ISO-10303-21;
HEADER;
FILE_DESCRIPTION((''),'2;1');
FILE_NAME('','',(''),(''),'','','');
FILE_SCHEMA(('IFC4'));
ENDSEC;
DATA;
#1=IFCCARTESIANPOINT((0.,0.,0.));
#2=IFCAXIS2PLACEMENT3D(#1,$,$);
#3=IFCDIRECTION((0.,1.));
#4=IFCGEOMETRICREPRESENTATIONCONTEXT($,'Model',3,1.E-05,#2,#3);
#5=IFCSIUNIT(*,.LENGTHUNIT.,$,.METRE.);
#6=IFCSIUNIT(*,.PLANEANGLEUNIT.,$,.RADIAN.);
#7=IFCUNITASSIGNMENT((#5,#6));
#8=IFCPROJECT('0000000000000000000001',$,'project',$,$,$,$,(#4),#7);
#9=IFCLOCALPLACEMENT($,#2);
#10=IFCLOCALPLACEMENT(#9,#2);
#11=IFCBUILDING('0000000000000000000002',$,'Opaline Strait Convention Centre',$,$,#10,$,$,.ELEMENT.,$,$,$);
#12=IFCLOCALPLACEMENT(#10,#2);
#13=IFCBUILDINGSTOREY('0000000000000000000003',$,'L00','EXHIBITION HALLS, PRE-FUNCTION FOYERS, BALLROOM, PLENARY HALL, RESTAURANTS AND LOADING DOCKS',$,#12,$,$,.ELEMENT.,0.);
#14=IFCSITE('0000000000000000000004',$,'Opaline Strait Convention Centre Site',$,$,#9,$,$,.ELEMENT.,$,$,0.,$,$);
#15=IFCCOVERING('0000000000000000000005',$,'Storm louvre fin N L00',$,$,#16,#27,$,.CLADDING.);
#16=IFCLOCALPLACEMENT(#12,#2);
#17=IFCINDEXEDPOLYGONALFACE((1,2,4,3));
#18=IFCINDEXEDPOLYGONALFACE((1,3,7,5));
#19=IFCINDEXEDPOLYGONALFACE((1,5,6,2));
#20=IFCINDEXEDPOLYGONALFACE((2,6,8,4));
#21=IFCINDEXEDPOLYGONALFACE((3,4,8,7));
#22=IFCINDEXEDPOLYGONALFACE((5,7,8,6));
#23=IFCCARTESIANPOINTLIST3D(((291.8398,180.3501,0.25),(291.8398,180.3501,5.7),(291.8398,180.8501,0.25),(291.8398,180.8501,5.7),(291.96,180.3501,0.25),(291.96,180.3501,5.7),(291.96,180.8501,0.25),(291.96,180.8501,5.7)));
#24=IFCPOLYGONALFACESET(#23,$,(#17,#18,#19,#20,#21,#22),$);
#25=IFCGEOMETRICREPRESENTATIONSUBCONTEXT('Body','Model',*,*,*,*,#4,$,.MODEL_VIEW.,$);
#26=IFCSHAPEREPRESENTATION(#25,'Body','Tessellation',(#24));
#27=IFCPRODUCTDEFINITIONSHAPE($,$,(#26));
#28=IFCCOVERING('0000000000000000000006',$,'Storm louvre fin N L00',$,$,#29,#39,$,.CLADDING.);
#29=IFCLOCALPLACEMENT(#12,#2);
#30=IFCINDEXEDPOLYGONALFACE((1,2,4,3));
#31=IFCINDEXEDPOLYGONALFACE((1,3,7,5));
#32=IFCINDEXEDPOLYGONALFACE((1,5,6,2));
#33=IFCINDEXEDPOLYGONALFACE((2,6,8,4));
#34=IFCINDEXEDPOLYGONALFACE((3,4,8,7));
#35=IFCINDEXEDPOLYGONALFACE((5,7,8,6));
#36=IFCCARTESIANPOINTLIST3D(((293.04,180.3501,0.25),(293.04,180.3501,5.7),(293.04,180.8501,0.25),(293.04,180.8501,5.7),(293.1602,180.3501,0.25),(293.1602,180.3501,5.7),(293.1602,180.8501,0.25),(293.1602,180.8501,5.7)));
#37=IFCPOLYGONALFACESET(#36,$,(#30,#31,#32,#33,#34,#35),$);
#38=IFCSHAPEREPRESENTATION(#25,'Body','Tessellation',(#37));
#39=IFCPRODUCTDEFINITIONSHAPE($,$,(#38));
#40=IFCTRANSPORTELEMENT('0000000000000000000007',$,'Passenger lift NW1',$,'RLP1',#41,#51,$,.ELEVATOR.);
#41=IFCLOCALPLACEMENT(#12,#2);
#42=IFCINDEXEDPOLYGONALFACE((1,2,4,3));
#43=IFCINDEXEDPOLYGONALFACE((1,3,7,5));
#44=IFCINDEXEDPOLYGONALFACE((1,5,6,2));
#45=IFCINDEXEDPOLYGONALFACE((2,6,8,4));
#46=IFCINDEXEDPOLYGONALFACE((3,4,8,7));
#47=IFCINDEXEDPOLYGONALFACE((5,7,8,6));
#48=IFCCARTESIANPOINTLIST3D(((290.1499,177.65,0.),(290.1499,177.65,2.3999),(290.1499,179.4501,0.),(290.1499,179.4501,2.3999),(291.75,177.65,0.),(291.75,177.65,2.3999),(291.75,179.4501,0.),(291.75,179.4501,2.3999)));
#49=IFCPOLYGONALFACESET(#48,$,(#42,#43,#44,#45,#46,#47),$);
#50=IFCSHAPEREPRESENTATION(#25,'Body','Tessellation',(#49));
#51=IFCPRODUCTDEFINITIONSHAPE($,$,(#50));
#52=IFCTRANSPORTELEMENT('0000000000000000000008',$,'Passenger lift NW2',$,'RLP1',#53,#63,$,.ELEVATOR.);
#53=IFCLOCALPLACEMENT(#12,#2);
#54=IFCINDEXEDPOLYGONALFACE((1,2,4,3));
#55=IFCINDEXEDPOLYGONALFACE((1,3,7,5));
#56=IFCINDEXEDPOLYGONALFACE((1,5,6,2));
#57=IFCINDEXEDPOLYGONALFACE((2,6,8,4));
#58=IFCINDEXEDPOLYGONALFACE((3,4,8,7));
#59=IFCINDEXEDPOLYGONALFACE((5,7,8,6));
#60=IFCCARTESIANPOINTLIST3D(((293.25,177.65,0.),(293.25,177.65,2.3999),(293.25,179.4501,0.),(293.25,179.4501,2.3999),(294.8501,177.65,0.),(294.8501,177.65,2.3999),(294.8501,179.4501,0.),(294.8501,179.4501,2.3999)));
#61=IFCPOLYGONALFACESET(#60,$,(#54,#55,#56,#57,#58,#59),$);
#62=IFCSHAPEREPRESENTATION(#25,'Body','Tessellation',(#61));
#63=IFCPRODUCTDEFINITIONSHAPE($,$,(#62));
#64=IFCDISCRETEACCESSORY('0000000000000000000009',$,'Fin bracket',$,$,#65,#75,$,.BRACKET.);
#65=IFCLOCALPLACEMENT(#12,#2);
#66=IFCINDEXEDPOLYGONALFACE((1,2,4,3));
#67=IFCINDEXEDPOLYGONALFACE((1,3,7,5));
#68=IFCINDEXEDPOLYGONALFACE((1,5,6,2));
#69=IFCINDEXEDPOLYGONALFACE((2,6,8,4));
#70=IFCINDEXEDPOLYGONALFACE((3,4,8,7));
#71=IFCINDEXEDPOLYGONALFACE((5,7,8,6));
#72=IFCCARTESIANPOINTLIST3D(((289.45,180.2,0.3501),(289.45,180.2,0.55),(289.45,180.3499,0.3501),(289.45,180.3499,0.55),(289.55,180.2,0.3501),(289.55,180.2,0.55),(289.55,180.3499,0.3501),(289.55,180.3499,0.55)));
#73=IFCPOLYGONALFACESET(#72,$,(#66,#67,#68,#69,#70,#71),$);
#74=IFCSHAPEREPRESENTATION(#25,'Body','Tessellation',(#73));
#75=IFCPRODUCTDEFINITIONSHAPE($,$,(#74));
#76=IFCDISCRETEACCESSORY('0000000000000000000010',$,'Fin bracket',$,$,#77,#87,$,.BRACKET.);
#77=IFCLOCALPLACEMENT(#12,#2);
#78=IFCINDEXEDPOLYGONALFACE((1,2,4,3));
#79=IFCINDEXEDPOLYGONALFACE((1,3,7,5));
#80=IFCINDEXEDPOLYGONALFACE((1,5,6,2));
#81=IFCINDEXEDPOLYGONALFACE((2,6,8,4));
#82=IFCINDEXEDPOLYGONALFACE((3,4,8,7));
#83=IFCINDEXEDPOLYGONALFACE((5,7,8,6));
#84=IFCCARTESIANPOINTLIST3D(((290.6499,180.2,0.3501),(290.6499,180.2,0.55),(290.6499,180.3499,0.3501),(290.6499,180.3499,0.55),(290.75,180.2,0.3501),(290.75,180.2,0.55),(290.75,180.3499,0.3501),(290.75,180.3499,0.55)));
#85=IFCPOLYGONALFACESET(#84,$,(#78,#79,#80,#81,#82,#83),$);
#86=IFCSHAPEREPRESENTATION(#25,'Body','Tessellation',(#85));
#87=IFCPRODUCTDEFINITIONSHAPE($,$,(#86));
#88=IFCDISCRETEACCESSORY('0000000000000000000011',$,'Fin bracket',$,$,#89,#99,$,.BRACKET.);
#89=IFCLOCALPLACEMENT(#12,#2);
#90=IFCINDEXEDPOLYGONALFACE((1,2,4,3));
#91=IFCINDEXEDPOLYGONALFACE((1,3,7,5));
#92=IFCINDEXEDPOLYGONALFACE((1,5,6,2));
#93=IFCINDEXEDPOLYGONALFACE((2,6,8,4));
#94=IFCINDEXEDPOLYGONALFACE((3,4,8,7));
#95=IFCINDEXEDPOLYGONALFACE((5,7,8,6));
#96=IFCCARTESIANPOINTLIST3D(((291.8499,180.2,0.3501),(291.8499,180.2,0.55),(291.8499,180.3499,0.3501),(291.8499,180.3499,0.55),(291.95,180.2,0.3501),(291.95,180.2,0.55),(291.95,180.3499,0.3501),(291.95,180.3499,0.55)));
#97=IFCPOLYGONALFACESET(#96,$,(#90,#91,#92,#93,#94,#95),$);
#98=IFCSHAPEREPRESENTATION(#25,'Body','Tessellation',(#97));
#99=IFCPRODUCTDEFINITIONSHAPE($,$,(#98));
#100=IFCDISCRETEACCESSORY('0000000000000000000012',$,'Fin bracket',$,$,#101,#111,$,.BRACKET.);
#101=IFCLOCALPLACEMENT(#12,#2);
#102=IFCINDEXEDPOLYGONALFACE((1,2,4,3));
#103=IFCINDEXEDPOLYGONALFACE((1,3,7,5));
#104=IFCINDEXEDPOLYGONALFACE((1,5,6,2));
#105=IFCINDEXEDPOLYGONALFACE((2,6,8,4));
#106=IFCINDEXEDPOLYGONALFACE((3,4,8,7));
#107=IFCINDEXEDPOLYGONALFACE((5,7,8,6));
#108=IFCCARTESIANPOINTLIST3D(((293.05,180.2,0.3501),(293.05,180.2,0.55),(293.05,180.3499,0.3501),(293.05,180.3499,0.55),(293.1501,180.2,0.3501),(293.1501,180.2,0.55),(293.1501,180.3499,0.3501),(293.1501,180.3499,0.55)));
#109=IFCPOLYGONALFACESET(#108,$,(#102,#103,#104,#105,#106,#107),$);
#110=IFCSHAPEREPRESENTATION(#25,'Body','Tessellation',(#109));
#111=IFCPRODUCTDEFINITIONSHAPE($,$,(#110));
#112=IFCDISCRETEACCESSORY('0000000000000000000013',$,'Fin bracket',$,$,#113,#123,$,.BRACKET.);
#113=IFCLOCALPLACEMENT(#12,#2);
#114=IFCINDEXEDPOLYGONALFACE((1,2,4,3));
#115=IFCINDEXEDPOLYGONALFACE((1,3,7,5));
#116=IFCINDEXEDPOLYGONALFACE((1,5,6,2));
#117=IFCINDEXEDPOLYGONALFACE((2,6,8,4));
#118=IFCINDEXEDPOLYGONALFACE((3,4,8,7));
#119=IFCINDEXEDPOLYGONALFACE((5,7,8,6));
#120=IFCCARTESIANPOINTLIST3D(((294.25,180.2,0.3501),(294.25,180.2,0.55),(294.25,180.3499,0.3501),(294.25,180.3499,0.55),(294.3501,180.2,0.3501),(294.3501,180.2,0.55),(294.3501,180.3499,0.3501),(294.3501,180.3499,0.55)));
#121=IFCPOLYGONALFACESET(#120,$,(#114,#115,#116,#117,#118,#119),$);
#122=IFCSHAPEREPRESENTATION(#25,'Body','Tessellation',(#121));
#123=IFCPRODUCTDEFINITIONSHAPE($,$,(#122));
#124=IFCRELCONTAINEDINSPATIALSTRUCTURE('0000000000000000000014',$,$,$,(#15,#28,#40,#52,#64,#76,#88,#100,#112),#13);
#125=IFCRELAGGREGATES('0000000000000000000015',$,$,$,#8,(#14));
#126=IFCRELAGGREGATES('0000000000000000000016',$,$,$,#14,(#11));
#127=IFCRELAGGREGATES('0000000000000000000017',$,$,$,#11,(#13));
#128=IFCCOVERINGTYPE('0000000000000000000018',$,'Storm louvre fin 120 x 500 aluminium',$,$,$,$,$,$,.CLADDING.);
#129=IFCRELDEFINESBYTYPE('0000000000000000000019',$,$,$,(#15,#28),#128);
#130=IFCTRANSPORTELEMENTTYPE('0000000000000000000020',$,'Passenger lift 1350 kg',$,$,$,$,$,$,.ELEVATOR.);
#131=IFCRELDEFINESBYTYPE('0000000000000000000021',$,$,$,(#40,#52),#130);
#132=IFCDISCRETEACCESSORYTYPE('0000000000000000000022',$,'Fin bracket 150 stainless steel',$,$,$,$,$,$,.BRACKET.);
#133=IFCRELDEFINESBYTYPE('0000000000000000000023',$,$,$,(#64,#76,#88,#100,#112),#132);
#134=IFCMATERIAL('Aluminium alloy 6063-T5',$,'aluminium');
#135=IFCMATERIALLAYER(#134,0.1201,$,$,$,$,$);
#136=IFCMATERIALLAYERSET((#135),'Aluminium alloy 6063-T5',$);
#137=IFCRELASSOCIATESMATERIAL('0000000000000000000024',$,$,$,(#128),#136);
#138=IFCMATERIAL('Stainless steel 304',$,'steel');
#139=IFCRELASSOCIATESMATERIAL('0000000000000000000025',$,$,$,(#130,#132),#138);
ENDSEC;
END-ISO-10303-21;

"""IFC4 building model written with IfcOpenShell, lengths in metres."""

from ifc_helpers import new_model, si_unit, direction, frame, origin, origin_2d, place, context, subcontext, project, spatial, rectangle, extrude, material, layer, layer_set, type_object, element, save


model = new_model("IFC4")

# Units and contexts
model_context = context("Model", 3, precision=1e-05, world=origin(), true_north=direction((0.0, 1.0)))
body_context = subcontext(model_context, "Body", "Model", "MODEL_VIEW")
ifc_project = project(units=[si_unit("LENGTHUNIT", "METRE"), si_unit("PLANEANGLEUNIT", "RADIAN")], contexts=[model_context])

# Site, building, storey
site_placement = place(None, origin())
site = spatial("IfcSite", under=ifc_project, at=site_placement, Name="Opaline Strait Convention Centre Site", CompositionType="ELEMENT", RefElevation=0.0)
building_placement = place(site_placement, origin())
building = spatial("IfcBuilding", under=site, at=building_placement, Name="Opaline Strait Convention Centre", CompositionType="ELEMENT")
storey_placement = place(building_placement, origin())
storey = spatial("IfcBuildingStorey", under=building, at=storey_placement, Name="L00", Description="EXHIBITION HALLS, PRE-FUNCTION FOYERS, BALLROOM, PLENARY HALL, RESTAURANTS AND LOADING DOCKS", CompositionType="ELEMENT", Elevation=0.0)

# Shared definitions
ifc_material_1 = material(Name="Stainless steel 304", Category="steel")

# Coverings
ifc_material_2 = material(Name="Aluminium alloy 6063-T5", Category="aluminium")
ifc_layer_1 = layer(ifc_material_2, 0.1201)
ifc_layer_set_1 = layer_set([ifc_layer_1], Name="Aluminium alloy 6063-T5")
covering_type = type_object("IfcCoveringType", Name="Storm louvre fin 120 x 500 aluminium", PredefinedType="CLADDING", material=ifc_layer_set_1)
for number, where, z_axis, x_axis, name in (
    (1, (291.8999, 180.6001, 0.25), (0.0, 0.0, 1.0), (1.0, 0.0, 0.0), "Storm louvre fin N L00"),
    (2, (293.1001, 180.6001, 0.25), (0.0, 0.0, 1.0), (1.0, 0.0, 0.0), "Storm louvre fin N L00"),
):
    element("IfcCovering", number, at=place(storey_placement, frame(where, z_axis=z_axis, x_axis=x_axis)), inside=storey, type_object=covering_type, Name=name, PredefinedType="CLADDING", context=body_context, shape_type="SweptSolid", body=[
        extrude(rectangle(XDim=0.1201, YDim=0.5, at=origin_2d()), origin(), (0.0, 0.0, 1.0), 5.45),
    ])

# Transport elements
transport_element_type = type_object("IfcTransportElementType", Name="Passenger lift 1350 kg", PredefinedType="ELEVATOR", material=ifc_material_1)
for number, where, z_axis, x_axis, name in (
    (3, (290.95, 178.55, 0.0), (0.0, 0.0, 1.0), (1.0, 0.0, 0.0), "Passenger lift NW1"),
    (4, (294.05, 178.55, 0.0), (0.0, 0.0, 1.0), (1.0, 0.0, 0.0), "Passenger lift NW2"),
):
    element("IfcTransportElement", number, at=place(storey_placement, frame(where, z_axis=z_axis, x_axis=x_axis)), inside=storey, type_object=transport_element_type, Name=name, ObjectType="RLP1", PredefinedType="ELEVATOR", context=body_context, shape_type="SweptSolid", body=[
        extrude(rectangle(XDim=1.6001, YDim=1.8, at=origin_2d()), origin(), (0.0, 0.0, 1.0), 2.3999),
    ])

# Discrete accessories
discrete_accessory_type = type_object("IfcDiscreteAccessoryType", Name="Fin bracket 150 stainless steel", PredefinedType="BRACKET", material=ifc_material_1)
for number, where, z_axis, x_axis, name in (
    (5, (289.5, 180.2749, 0.3501), (0.0, 0.0, 1.0), (1.0, 0.0, 0.0), "Fin bracket"),
    (6, (290.7, 180.2749, 0.3501), (0.0, 0.0, 1.0), (1.0, 0.0, 0.0), "Fin bracket"),
    (7, (291.8999, 180.2749, 0.3501), (0.0, 0.0, 1.0), (1.0, 0.0, 0.0), "Fin bracket"),
    (8, (293.1001, 180.2749, 0.3501), (0.0, 0.0, 1.0), (1.0, 0.0, 0.0), "Fin bracket"),
    (9, (294.3, 180.2749, 0.3501), (0.0, 0.0, 1.0), (1.0, 0.0, 0.0), "Fin bracket"),
):
    element("IfcDiscreteAccessory", number, at=place(storey_placement, frame(where, z_axis=z_axis, x_axis=x_axis)), inside=storey, type_object=discrete_accessory_type, Name=name, PredefinedType="BRACKET", context=body_context, shape_type="SweptSolid", body=[
        extrude(rectangle(XDim=0.1001, YDim=0.1499, at=origin_2d()), origin(), (0.0, 0.0, 1.0), 0.2),
    ])

save(model, "model.ifc")
